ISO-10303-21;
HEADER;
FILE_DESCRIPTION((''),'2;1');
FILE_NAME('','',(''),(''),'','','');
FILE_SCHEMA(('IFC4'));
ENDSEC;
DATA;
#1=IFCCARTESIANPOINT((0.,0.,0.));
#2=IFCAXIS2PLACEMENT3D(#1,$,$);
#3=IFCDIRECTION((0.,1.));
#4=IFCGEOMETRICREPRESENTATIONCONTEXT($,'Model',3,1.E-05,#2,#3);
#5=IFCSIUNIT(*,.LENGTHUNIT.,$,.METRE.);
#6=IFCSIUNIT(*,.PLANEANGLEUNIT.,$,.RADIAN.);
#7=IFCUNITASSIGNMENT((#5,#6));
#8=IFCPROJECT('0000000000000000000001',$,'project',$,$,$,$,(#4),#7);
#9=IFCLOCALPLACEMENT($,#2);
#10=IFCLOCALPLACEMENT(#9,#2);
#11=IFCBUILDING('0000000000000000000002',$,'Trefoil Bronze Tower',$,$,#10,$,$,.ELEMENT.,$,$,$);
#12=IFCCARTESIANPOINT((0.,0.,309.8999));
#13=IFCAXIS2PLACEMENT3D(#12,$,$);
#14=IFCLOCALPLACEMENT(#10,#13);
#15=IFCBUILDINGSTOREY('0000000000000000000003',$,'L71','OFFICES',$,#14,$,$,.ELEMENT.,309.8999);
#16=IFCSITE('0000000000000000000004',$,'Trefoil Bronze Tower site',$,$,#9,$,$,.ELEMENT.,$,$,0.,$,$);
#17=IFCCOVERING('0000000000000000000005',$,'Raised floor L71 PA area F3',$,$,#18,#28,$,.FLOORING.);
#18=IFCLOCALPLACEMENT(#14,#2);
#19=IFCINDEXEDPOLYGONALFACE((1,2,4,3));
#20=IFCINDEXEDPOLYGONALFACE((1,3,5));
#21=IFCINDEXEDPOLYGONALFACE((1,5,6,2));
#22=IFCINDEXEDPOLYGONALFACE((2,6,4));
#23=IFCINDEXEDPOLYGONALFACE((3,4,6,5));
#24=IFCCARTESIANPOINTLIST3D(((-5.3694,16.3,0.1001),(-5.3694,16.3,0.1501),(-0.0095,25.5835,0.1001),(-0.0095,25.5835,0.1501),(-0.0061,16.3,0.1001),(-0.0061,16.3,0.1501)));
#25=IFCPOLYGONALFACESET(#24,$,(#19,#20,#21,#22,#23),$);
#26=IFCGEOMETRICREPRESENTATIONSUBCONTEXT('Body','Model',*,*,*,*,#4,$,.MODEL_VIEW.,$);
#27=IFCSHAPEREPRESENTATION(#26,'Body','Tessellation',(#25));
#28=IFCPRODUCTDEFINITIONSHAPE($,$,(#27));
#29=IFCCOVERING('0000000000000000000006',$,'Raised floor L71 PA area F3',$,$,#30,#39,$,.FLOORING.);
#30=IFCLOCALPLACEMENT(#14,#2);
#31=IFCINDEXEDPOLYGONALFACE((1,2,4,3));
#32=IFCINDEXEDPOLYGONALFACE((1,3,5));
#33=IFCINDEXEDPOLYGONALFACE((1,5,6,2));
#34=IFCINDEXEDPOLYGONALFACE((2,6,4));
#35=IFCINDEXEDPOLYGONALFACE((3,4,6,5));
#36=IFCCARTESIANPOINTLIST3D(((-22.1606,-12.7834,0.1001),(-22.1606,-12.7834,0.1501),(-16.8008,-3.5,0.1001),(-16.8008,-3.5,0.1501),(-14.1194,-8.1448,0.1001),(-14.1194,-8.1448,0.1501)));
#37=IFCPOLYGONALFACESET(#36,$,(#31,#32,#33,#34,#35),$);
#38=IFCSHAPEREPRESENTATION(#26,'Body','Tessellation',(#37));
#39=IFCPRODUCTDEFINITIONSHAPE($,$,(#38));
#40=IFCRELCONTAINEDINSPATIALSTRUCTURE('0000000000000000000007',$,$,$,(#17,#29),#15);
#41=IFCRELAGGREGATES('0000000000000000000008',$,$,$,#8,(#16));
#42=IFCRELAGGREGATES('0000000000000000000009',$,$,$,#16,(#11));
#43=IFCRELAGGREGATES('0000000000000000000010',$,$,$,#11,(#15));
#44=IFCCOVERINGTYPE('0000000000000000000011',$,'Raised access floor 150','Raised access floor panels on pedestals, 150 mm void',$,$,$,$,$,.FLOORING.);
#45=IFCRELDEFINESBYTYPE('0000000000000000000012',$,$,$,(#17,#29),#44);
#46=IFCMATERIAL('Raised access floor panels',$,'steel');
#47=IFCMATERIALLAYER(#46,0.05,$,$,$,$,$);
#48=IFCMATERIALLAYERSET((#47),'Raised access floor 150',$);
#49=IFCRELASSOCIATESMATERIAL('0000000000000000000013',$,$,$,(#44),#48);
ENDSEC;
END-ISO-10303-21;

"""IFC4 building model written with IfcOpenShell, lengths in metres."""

from ifc_helpers import new_model, si_unit, direction, frame, origin, place, context, subcontext, project, spatial, polyline, outline, extrude, material, layer, layer_set, type_object, element, save


model = new_model("IFC4")

# Units and contexts
model_context = context("Model", 3, precision=1e-05, world=origin(), true_north=direction((0.0, 1.0)))
body_context = subcontext(model_context, "Body", "Model", "MODEL_VIEW")
ifc_project = project(units=[si_unit("LENGTHUNIT", "METRE"), si_unit("PLANEANGLEUNIT", "RADIAN")], contexts=[model_context])

# Site, building, storey
site_placement = place(None, origin())
site = spatial("IfcSite", under=ifc_project, at=site_placement, Name="Trefoil Bronze Tower site", CompositionType="ELEMENT", RefElevation=0.0)
building_placement = place(site_placement, origin())
building = spatial("IfcBuilding", under=site, at=building_placement, Name="Trefoil Bronze Tower", CompositionType="ELEMENT")
storey_placement = place(building_placement, frame((0.0, 0.0, 309.8999)))
storey = spatial("IfcBuildingStorey", under=building, at=storey_placement, Name="L71", Description="OFFICES", CompositionType="ELEMENT", Elevation=309.8999)

# Coverings
ifc_material_1 = material(Name="Raised access floor panels", Category="steel")
ifc_layer_1 = layer(ifc_material_1, 0.05)
ifc_layer_set_1 = layer_set([ifc_layer_1], Name="Raised access floor 150")
covering_type_1 = type_object("IfcCoveringType", Name="Raised access floor 150", Description="Raised access floor panels on pedestals, 150 mm void", PredefinedType="FLOORING", material=ifc_layer_set_1)
covering_1_placement = place(storey_placement, frame((0.0, 0.0, 0.1001)))
element("IfcCovering", 1, at=covering_1_placement, inside=storey, type_object=covering_type_1, Name="Raised floor L71 PA area F3", PredefinedType="FLOORING", context=body_context, shape_type="SweptSolid", body=[
    extrude(outline(polyline([(-0.0095, 25.5835), (-0.0061, 16.3), (-5.3694, 16.3), (-0.0095, 25.5835)])), origin(), (0.0, 0.0, 1.0), 0.05),
])
covering_2_placement = place(storey_placement, frame((0.0, 0.0, 0.1001)))
element("IfcCovering", 2, at=covering_2_placement, inside=storey, type_object=covering_type_1, Name="Raised floor L71 PA area F3", PredefinedType="FLOORING", context=body_context, shape_type="SweptSolid", body=[
    extrude(outline(polyline([(-14.1194, -8.1448), (-22.1606, -12.7834), (-16.8008, -3.5), (-14.1194, -8.1448)])), origin(), (0.0, 0.0, 1.0), 0.05),
])

save(model, "model.ifc")
